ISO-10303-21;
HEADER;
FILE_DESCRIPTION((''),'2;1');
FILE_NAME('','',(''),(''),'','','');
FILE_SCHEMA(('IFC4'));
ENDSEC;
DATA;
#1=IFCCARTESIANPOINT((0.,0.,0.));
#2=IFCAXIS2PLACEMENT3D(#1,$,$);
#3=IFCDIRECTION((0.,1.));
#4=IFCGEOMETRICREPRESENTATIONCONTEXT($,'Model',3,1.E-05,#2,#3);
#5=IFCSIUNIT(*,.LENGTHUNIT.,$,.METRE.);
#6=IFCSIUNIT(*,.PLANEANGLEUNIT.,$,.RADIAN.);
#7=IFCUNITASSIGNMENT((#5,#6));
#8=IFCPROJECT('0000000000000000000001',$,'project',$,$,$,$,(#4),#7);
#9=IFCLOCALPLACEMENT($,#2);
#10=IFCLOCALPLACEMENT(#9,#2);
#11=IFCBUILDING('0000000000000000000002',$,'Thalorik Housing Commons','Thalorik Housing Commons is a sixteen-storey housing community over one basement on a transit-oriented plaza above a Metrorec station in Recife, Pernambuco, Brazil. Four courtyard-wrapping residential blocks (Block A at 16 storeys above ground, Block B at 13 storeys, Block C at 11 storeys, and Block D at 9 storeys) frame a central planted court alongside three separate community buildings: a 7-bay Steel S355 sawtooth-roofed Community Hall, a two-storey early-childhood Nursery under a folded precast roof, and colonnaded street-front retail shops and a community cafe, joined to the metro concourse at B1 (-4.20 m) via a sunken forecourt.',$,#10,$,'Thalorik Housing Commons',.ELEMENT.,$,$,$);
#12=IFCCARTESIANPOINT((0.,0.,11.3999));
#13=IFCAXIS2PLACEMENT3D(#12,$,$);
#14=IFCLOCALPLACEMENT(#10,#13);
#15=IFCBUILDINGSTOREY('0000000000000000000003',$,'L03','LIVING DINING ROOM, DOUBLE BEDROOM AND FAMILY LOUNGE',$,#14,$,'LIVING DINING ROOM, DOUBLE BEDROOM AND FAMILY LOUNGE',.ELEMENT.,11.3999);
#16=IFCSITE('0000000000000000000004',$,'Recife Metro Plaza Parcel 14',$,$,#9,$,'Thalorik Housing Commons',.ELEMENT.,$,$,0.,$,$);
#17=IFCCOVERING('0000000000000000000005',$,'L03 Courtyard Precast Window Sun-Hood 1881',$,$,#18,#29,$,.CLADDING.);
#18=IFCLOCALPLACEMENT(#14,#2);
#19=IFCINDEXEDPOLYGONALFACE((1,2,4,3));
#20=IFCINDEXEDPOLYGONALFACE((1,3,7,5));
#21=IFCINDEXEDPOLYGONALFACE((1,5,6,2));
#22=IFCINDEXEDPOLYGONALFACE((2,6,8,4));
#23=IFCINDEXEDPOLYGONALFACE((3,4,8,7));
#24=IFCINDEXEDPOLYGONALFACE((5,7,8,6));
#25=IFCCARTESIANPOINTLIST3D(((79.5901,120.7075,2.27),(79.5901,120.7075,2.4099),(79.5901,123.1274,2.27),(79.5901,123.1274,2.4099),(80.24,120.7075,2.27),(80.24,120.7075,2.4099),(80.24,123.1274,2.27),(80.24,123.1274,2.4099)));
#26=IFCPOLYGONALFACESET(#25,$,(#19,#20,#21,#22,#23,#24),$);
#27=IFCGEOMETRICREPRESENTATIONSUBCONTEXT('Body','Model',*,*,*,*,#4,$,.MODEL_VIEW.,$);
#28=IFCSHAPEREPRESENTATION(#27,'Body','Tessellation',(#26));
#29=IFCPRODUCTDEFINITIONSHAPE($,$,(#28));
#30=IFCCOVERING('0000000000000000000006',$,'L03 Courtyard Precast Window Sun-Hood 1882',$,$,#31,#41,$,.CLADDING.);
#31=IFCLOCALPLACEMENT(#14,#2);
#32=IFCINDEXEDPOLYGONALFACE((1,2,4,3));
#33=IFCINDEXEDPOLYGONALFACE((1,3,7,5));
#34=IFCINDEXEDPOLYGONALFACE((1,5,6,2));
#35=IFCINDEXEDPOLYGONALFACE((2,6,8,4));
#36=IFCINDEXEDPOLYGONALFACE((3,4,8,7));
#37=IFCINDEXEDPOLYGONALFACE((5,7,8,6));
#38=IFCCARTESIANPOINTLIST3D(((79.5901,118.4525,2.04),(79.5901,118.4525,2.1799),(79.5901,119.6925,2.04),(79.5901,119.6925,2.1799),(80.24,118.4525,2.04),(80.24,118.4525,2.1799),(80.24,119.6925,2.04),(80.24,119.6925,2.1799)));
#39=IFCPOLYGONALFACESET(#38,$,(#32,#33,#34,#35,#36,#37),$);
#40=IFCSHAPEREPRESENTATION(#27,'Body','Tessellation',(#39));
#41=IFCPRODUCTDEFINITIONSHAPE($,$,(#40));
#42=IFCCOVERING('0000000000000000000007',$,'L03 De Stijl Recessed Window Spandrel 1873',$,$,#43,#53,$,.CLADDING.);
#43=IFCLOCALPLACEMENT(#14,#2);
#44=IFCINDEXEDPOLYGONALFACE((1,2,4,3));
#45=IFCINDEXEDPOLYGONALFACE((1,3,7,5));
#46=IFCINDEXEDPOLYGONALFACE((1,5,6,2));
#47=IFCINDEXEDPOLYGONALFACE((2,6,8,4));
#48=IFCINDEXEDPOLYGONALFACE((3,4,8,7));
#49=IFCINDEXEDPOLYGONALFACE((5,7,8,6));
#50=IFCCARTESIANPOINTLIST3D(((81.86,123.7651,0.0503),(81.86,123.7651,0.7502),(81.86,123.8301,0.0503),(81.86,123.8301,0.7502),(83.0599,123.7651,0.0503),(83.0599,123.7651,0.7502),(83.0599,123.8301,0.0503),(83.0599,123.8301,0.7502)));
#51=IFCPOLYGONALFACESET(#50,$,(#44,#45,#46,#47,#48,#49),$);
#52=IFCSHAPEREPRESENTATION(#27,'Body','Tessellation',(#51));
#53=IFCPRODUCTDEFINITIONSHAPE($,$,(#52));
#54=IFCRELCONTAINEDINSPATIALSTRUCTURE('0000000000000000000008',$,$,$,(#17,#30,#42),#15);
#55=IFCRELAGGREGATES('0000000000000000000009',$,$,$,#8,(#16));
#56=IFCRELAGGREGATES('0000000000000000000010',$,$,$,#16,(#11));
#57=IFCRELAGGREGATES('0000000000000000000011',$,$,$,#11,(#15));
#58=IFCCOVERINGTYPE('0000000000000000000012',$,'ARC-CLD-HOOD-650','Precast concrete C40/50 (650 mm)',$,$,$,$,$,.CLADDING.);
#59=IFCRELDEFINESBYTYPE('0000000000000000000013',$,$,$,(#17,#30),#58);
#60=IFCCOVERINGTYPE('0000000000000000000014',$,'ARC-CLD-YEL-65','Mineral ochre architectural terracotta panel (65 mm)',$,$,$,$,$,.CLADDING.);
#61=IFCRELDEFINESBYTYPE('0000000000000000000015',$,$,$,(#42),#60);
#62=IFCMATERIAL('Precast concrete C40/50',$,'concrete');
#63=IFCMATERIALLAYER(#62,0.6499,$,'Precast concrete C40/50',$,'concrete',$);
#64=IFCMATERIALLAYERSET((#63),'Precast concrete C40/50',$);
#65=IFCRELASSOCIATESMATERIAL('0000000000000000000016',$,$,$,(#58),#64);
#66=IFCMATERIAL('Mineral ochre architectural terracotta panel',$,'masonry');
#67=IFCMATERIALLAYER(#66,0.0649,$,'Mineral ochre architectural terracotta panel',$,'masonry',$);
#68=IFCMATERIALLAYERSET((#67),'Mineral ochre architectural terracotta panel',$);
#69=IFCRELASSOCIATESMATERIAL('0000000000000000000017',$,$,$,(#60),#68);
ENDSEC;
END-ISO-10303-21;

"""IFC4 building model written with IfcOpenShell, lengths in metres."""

from ifc_helpers import new_model, si_unit, direction, frame, origin, origin_2d, place, context, subcontext, project, spatial, rectangle, extrude, material, layer, layer_set, type_object, element, save


model = new_model("IFC4")

# Units and contexts
model_context = context("Model", 3, precision=1e-05, world=origin(), true_north=direction((0.0, 1.0)))
body_context = subcontext(model_context, "Body", "Model", "MODEL_VIEW")
ifc_project = project(units=[si_unit("LENGTHUNIT", "METRE"), si_unit("PLANEANGLEUNIT", "RADIAN")], contexts=[model_context])

# Site, building, storey
site_placement = place(None, origin())
site = spatial("IfcSite", under=ifc_project, at=site_placement, Name="Recife Metro Plaza Parcel 14", LongName="Thalorik Housing Commons", CompositionType="ELEMENT", RefElevation=0.0)
building_placement = place(site_placement, origin())
building = spatial("IfcBuilding", under=site, at=building_placement, Name="Thalorik Housing Commons", Description="Thalorik Housing Commons is a sixteen-storey housing community over one basement on a transit-oriented plaza above a Metrorec station in Recife, Pernambuco, Brazil. Four courtyard-wrapping residential blocks (Block A at 16 storeys above ground, Block B at 13 storeys, Block C at 11 storeys, and Block D at 9 storeys) frame a central planted court alongside three separate community buildings: a 7-bay Steel S355 sawtooth-roofed Community Hall, a two-storey early-childhood Nursery under a folded precast roof, and colonnaded street-front retail shops and a community cafe, joined to the metro concourse at B1 (-4.20 m) via a sunken forecourt.", LongName="Thalorik Housing Commons", CompositionType="ELEMENT")
storey_placement = place(building_placement, frame((0.0, 0.0, 11.3999)))
storey = spatial("IfcBuildingStorey", under=building, at=storey_placement, Name="L03", Description="LIVING DINING ROOM, DOUBLE BEDROOM AND FAMILY LOUNGE", LongName="LIVING DINING ROOM, DOUBLE BEDROOM AND FAMILY LOUNGE", CompositionType="ELEMENT", Elevation=11.3999)

# Shared definitions
ifc_material_1 = material(Name="Precast concrete C40/50", Category="concrete")

# Coverings
ifc_layer_1 = layer(ifc_material_1, 0.6499, Name="Precast concrete C40/50", Category="concrete")
ifc_layer_set_1 = layer_set([ifc_layer_1], Name="Precast concrete C40/50")
covering_type_1 = type_object("IfcCoveringType", Name="ARC-CLD-HOOD-650", Description="Precast concrete C40/50 (650 mm)", PredefinedType="CLADDING", material=ifc_layer_set_1)
covering_1_placement = place(storey_placement, frame((79.915, 121.9175, 2.27), z_axis=(0.0, 0.0, 1.0), x_axis=(0.0, -1.0, 0.0)))
element("IfcCovering", 1, at=covering_1_placement, inside=storey, type_object=covering_type_1, Name="L03 Courtyard Precast Window Sun-Hood 1881", PredefinedType="CLADDING", context=body_context, shape_type="SweptSolid", body=[
    extrude(rectangle(XDim=2.4199, YDim=0.6499, at=origin_2d()), origin(), (0.0, 0.0, 1.0), 0.1399),
])
covering_2_placement = place(storey_placement, frame((79.915, 119.0725, 2.04), z_axis=(0.0, 0.0, 1.0), x_axis=(0.0, -1.0, 0.0)))
element("IfcCovering", 2, at=covering_2_placement, inside=storey, type_object=covering_type_1, Name="L03 Courtyard Precast Window Sun-Hood 1882", PredefinedType="CLADDING", context=body_context, shape_type="SweptSolid", body=[
    extrude(rectangle(XDim=1.24, YDim=0.6499, at=origin_2d()), origin(), (0.0, 0.0, 1.0), 0.1399),
])
ifc_material_2 = material(Name="Mineral ochre architectural terracotta panel", Category="masonry")
ifc_layer_2 = layer(ifc_material_2, 0.0649, Name="Mineral ochre architectural terracotta panel", Category="masonry")
ifc_layer_set_2 = layer_set([ifc_layer_2], Name="Mineral ochre architectural terracotta panel")
covering_type_2 = type_object("IfcCoveringType", Name="ARC-CLD-YEL-65", Description="Mineral ochre architectural terracotta panel (65 mm)", PredefinedType="CLADDING", material=ifc_layer_set_2)
covering_3_placement = place(storey_placement, frame((82.46, 123.7976, 0.0503), z_axis=(0.0, 0.0, 1.0), x_axis=(-1.0, 0.0, 0.0)))
element("IfcCovering", 3, at=covering_3_placement, inside=storey, type_object=covering_type_2, Name="L03 De Stijl Recessed Window Spandrel 1873", PredefinedType="CLADDING", context=body_context, shape_type="SweptSolid", body=[
    extrude(rectangle(XDim=1.2, YDim=0.0649, at=origin_2d()), origin(), (0.0, 0.0, 1.0), 0.7),
])

save(model, "model.ifc")
